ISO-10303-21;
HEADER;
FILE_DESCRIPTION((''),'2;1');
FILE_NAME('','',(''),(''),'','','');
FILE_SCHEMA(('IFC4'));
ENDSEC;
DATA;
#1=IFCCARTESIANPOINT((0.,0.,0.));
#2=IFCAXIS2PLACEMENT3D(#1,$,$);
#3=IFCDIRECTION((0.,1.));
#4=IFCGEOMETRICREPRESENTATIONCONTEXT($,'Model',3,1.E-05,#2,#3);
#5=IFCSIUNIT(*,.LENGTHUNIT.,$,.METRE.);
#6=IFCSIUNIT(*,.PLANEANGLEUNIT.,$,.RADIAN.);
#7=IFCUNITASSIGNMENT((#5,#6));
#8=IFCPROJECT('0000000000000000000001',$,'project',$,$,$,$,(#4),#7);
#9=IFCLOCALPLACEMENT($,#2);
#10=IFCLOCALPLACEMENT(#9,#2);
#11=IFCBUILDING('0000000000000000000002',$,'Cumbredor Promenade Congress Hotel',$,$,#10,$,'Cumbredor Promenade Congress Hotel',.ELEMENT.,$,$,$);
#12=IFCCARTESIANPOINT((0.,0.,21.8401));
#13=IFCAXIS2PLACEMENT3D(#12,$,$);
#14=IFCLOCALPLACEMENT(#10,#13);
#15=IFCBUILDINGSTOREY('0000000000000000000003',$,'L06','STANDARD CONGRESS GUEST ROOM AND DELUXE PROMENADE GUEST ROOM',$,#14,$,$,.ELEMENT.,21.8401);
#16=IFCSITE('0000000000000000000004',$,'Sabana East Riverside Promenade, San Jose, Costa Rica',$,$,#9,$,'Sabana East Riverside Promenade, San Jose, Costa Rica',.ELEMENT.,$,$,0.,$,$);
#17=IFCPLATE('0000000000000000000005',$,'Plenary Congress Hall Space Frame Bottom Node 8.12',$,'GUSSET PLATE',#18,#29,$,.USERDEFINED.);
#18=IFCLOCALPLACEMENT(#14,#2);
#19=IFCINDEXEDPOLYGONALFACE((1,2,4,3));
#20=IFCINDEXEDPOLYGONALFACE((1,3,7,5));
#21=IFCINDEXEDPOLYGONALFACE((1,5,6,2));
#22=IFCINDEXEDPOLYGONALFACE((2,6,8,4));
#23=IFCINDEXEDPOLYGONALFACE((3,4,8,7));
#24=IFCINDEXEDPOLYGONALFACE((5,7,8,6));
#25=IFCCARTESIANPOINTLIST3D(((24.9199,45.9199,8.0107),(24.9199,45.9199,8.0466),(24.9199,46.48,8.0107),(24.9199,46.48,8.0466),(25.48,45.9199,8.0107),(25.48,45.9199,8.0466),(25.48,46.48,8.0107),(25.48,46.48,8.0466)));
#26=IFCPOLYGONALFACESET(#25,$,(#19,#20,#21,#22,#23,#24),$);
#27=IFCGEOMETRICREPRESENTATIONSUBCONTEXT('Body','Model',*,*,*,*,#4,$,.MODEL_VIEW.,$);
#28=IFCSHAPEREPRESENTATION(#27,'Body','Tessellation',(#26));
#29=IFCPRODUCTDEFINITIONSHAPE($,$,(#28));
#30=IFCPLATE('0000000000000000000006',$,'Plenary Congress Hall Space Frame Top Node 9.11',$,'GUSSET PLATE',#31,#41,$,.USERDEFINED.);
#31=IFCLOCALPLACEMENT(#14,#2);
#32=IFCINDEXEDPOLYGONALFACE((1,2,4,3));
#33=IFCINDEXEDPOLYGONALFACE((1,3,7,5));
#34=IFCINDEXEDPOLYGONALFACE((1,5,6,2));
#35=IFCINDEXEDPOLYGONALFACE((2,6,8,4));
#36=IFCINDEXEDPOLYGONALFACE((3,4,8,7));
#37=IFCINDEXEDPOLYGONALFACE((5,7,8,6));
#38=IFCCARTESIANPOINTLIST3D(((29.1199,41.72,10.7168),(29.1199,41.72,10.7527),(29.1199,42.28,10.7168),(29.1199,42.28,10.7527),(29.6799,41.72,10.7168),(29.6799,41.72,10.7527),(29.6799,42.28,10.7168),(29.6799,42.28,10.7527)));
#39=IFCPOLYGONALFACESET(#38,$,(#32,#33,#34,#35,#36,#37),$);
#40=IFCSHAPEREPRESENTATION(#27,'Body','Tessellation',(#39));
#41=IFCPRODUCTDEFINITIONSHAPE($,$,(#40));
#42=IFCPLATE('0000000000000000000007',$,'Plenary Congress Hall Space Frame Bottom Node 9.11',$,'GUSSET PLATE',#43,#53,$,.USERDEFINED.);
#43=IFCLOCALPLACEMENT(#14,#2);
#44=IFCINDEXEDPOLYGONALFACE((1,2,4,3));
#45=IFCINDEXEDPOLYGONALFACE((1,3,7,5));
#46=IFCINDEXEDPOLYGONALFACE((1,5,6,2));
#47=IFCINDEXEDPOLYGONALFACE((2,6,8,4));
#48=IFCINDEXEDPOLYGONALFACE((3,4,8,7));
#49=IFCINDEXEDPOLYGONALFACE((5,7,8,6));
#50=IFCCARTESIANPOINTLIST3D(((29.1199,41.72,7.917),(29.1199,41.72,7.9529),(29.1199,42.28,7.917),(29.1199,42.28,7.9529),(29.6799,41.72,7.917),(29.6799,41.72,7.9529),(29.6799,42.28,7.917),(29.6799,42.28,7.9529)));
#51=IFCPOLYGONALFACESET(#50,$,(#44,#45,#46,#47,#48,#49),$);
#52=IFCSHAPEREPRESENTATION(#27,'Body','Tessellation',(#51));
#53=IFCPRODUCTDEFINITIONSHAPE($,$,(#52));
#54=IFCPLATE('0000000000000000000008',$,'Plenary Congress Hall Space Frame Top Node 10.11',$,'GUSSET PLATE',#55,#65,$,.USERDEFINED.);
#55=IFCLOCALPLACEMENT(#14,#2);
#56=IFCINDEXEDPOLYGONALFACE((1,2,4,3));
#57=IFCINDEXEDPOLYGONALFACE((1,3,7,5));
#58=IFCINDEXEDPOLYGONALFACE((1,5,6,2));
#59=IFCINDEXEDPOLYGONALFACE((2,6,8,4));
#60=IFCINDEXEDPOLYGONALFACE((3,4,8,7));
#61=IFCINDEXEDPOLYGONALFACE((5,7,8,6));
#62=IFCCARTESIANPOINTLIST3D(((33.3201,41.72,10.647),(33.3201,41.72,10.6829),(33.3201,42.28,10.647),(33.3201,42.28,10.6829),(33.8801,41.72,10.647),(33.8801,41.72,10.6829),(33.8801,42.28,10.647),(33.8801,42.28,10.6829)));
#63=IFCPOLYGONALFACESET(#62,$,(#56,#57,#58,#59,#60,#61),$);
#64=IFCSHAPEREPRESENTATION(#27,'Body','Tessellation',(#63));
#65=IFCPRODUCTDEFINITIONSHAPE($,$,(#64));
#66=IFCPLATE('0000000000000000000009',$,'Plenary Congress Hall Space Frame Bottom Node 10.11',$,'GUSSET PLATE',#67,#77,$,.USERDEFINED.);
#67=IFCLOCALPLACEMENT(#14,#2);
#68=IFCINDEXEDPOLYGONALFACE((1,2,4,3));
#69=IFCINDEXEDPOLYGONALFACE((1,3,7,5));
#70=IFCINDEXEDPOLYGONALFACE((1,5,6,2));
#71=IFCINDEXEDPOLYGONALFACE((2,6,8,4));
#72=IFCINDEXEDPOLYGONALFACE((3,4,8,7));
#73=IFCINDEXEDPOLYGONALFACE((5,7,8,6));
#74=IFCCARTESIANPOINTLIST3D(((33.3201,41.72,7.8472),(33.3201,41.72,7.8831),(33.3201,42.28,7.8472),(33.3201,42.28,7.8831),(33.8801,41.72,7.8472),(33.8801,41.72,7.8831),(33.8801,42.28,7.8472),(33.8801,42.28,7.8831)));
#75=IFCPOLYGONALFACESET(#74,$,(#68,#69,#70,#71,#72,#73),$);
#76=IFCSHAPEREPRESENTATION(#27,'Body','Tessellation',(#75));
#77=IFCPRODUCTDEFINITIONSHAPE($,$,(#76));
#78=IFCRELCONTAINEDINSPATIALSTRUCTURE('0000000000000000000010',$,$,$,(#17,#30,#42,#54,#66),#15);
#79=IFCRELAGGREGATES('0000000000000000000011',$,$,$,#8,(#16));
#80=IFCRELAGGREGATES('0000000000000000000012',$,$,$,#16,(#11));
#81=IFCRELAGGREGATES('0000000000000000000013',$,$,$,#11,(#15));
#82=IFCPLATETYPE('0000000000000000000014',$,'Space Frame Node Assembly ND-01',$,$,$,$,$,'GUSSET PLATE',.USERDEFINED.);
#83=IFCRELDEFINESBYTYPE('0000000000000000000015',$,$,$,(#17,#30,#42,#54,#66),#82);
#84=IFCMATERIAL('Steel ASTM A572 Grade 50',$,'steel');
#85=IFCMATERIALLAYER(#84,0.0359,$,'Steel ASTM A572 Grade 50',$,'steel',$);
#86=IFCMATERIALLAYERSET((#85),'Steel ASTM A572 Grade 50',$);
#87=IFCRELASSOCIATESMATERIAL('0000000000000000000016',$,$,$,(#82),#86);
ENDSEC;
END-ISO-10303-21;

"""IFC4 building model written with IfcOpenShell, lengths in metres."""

from ifc_helpers import new_model, si_unit, direction, frame, origin, origin_2d, place, context, subcontext, project, spatial, rectangle, extrude, material, layer, layer_set, type_object, element, save


model = new_model("IFC4")

# Units and contexts
model_context = context("Model", 3, precision=1e-05, world=origin(), true_north=direction((0.0, 1.0)))
body_context = subcontext(model_context, "Body", "Model", "MODEL_VIEW")
ifc_project = project(units=[si_unit("LENGTHUNIT", "METRE"), si_unit("PLANEANGLEUNIT", "RADIAN")], contexts=[model_context])

# Site, building, storey
site_placement = place(None, origin())
site = spatial("IfcSite", under=ifc_project, at=site_placement, Name="Sabana East Riverside Promenade, San Jose, Costa Rica", LongName="Sabana East Riverside Promenade, San Jose, Costa Rica", CompositionType="ELEMENT", RefElevation=0.0)
building_placement = place(site_placement, origin())
building = spatial("IfcBuilding", under=site, at=building_placement, Name="Cumbredor Promenade Congress Hotel", LongName="Cumbredor Promenade Congress Hotel", CompositionType="ELEMENT")
storey_placement = place(building_placement, frame((0.0, 0.0, 21.8401)))
storey = spatial("IfcBuildingStorey", under=building, at=storey_placement, Name="L06", Description="STANDARD CONGRESS GUEST ROOM AND DELUXE PROMENADE GUEST ROOM", CompositionType="ELEMENT", Elevation=21.8401)

# Plates
ifc_material_1 = material(Name="Steel ASTM A572 Grade 50", Category="steel")
ifc_layer = layer(ifc_material_1, 0.0359, Name="Steel ASTM A572 Grade 50", Category="steel")
ifc_layer_set = layer_set([ifc_layer], Name="Steel ASTM A572 Grade 50")
plate_type = type_object("IfcPlateType", Name="Space Frame Node Assembly ND-01", ElementType="GUSSET PLATE", PredefinedType="USERDEFINED", material=ifc_layer_set)
for number, where, z_axis, x_axis, name in (
    (1, (25.2, 46.2, 8.0107), (0.0, 0.0, 1.0), (1.0, 0.0, 0.0), "Plenary Congress Hall Space Frame Bottom Node 8.12"),
    (2, (29.3999, 42.0, 10.7168), (0.0, 0.0, 1.0), (1.0, 0.0, 0.0), "Plenary Congress Hall Space Frame Top Node 9.11"),
    (3, (29.3999, 42.0, 7.917), (0.0, 0.0, 1.0), (1.0, 0.0, 0.0), "Plenary Congress Hall Space Frame Bottom Node 9.11"),
    (4, (33.6001, 42.0, 10.647), (0.0, 0.0, 1.0), (1.0, 0.0, 0.0), "Plenary Congress Hall Space Frame Top Node 10.11"),
    (5, (33.6001, 42.0, 7.8472), (0.0, 0.0, 1.0), (1.0, 0.0, 0.0), "Plenary Congress Hall Space Frame Bottom Node 10.11"),
):
    element("IfcPlate", number, at=place(storey_placement, frame(where, z_axis=z_axis, x_axis=x_axis)), inside=storey, type_object=plate_type, Name=name, ObjectType="GUSSET PLATE", PredefinedType="USERDEFINED", context=body_context, shape_type="SweptSolid", body=[
        extrude(rectangle(XDim=0.5601, YDim=0.5601, at=origin_2d()), origin(), (0.0, 0.0, 1.0), 0.0359),
    ])

save(model, "model.ifc")
